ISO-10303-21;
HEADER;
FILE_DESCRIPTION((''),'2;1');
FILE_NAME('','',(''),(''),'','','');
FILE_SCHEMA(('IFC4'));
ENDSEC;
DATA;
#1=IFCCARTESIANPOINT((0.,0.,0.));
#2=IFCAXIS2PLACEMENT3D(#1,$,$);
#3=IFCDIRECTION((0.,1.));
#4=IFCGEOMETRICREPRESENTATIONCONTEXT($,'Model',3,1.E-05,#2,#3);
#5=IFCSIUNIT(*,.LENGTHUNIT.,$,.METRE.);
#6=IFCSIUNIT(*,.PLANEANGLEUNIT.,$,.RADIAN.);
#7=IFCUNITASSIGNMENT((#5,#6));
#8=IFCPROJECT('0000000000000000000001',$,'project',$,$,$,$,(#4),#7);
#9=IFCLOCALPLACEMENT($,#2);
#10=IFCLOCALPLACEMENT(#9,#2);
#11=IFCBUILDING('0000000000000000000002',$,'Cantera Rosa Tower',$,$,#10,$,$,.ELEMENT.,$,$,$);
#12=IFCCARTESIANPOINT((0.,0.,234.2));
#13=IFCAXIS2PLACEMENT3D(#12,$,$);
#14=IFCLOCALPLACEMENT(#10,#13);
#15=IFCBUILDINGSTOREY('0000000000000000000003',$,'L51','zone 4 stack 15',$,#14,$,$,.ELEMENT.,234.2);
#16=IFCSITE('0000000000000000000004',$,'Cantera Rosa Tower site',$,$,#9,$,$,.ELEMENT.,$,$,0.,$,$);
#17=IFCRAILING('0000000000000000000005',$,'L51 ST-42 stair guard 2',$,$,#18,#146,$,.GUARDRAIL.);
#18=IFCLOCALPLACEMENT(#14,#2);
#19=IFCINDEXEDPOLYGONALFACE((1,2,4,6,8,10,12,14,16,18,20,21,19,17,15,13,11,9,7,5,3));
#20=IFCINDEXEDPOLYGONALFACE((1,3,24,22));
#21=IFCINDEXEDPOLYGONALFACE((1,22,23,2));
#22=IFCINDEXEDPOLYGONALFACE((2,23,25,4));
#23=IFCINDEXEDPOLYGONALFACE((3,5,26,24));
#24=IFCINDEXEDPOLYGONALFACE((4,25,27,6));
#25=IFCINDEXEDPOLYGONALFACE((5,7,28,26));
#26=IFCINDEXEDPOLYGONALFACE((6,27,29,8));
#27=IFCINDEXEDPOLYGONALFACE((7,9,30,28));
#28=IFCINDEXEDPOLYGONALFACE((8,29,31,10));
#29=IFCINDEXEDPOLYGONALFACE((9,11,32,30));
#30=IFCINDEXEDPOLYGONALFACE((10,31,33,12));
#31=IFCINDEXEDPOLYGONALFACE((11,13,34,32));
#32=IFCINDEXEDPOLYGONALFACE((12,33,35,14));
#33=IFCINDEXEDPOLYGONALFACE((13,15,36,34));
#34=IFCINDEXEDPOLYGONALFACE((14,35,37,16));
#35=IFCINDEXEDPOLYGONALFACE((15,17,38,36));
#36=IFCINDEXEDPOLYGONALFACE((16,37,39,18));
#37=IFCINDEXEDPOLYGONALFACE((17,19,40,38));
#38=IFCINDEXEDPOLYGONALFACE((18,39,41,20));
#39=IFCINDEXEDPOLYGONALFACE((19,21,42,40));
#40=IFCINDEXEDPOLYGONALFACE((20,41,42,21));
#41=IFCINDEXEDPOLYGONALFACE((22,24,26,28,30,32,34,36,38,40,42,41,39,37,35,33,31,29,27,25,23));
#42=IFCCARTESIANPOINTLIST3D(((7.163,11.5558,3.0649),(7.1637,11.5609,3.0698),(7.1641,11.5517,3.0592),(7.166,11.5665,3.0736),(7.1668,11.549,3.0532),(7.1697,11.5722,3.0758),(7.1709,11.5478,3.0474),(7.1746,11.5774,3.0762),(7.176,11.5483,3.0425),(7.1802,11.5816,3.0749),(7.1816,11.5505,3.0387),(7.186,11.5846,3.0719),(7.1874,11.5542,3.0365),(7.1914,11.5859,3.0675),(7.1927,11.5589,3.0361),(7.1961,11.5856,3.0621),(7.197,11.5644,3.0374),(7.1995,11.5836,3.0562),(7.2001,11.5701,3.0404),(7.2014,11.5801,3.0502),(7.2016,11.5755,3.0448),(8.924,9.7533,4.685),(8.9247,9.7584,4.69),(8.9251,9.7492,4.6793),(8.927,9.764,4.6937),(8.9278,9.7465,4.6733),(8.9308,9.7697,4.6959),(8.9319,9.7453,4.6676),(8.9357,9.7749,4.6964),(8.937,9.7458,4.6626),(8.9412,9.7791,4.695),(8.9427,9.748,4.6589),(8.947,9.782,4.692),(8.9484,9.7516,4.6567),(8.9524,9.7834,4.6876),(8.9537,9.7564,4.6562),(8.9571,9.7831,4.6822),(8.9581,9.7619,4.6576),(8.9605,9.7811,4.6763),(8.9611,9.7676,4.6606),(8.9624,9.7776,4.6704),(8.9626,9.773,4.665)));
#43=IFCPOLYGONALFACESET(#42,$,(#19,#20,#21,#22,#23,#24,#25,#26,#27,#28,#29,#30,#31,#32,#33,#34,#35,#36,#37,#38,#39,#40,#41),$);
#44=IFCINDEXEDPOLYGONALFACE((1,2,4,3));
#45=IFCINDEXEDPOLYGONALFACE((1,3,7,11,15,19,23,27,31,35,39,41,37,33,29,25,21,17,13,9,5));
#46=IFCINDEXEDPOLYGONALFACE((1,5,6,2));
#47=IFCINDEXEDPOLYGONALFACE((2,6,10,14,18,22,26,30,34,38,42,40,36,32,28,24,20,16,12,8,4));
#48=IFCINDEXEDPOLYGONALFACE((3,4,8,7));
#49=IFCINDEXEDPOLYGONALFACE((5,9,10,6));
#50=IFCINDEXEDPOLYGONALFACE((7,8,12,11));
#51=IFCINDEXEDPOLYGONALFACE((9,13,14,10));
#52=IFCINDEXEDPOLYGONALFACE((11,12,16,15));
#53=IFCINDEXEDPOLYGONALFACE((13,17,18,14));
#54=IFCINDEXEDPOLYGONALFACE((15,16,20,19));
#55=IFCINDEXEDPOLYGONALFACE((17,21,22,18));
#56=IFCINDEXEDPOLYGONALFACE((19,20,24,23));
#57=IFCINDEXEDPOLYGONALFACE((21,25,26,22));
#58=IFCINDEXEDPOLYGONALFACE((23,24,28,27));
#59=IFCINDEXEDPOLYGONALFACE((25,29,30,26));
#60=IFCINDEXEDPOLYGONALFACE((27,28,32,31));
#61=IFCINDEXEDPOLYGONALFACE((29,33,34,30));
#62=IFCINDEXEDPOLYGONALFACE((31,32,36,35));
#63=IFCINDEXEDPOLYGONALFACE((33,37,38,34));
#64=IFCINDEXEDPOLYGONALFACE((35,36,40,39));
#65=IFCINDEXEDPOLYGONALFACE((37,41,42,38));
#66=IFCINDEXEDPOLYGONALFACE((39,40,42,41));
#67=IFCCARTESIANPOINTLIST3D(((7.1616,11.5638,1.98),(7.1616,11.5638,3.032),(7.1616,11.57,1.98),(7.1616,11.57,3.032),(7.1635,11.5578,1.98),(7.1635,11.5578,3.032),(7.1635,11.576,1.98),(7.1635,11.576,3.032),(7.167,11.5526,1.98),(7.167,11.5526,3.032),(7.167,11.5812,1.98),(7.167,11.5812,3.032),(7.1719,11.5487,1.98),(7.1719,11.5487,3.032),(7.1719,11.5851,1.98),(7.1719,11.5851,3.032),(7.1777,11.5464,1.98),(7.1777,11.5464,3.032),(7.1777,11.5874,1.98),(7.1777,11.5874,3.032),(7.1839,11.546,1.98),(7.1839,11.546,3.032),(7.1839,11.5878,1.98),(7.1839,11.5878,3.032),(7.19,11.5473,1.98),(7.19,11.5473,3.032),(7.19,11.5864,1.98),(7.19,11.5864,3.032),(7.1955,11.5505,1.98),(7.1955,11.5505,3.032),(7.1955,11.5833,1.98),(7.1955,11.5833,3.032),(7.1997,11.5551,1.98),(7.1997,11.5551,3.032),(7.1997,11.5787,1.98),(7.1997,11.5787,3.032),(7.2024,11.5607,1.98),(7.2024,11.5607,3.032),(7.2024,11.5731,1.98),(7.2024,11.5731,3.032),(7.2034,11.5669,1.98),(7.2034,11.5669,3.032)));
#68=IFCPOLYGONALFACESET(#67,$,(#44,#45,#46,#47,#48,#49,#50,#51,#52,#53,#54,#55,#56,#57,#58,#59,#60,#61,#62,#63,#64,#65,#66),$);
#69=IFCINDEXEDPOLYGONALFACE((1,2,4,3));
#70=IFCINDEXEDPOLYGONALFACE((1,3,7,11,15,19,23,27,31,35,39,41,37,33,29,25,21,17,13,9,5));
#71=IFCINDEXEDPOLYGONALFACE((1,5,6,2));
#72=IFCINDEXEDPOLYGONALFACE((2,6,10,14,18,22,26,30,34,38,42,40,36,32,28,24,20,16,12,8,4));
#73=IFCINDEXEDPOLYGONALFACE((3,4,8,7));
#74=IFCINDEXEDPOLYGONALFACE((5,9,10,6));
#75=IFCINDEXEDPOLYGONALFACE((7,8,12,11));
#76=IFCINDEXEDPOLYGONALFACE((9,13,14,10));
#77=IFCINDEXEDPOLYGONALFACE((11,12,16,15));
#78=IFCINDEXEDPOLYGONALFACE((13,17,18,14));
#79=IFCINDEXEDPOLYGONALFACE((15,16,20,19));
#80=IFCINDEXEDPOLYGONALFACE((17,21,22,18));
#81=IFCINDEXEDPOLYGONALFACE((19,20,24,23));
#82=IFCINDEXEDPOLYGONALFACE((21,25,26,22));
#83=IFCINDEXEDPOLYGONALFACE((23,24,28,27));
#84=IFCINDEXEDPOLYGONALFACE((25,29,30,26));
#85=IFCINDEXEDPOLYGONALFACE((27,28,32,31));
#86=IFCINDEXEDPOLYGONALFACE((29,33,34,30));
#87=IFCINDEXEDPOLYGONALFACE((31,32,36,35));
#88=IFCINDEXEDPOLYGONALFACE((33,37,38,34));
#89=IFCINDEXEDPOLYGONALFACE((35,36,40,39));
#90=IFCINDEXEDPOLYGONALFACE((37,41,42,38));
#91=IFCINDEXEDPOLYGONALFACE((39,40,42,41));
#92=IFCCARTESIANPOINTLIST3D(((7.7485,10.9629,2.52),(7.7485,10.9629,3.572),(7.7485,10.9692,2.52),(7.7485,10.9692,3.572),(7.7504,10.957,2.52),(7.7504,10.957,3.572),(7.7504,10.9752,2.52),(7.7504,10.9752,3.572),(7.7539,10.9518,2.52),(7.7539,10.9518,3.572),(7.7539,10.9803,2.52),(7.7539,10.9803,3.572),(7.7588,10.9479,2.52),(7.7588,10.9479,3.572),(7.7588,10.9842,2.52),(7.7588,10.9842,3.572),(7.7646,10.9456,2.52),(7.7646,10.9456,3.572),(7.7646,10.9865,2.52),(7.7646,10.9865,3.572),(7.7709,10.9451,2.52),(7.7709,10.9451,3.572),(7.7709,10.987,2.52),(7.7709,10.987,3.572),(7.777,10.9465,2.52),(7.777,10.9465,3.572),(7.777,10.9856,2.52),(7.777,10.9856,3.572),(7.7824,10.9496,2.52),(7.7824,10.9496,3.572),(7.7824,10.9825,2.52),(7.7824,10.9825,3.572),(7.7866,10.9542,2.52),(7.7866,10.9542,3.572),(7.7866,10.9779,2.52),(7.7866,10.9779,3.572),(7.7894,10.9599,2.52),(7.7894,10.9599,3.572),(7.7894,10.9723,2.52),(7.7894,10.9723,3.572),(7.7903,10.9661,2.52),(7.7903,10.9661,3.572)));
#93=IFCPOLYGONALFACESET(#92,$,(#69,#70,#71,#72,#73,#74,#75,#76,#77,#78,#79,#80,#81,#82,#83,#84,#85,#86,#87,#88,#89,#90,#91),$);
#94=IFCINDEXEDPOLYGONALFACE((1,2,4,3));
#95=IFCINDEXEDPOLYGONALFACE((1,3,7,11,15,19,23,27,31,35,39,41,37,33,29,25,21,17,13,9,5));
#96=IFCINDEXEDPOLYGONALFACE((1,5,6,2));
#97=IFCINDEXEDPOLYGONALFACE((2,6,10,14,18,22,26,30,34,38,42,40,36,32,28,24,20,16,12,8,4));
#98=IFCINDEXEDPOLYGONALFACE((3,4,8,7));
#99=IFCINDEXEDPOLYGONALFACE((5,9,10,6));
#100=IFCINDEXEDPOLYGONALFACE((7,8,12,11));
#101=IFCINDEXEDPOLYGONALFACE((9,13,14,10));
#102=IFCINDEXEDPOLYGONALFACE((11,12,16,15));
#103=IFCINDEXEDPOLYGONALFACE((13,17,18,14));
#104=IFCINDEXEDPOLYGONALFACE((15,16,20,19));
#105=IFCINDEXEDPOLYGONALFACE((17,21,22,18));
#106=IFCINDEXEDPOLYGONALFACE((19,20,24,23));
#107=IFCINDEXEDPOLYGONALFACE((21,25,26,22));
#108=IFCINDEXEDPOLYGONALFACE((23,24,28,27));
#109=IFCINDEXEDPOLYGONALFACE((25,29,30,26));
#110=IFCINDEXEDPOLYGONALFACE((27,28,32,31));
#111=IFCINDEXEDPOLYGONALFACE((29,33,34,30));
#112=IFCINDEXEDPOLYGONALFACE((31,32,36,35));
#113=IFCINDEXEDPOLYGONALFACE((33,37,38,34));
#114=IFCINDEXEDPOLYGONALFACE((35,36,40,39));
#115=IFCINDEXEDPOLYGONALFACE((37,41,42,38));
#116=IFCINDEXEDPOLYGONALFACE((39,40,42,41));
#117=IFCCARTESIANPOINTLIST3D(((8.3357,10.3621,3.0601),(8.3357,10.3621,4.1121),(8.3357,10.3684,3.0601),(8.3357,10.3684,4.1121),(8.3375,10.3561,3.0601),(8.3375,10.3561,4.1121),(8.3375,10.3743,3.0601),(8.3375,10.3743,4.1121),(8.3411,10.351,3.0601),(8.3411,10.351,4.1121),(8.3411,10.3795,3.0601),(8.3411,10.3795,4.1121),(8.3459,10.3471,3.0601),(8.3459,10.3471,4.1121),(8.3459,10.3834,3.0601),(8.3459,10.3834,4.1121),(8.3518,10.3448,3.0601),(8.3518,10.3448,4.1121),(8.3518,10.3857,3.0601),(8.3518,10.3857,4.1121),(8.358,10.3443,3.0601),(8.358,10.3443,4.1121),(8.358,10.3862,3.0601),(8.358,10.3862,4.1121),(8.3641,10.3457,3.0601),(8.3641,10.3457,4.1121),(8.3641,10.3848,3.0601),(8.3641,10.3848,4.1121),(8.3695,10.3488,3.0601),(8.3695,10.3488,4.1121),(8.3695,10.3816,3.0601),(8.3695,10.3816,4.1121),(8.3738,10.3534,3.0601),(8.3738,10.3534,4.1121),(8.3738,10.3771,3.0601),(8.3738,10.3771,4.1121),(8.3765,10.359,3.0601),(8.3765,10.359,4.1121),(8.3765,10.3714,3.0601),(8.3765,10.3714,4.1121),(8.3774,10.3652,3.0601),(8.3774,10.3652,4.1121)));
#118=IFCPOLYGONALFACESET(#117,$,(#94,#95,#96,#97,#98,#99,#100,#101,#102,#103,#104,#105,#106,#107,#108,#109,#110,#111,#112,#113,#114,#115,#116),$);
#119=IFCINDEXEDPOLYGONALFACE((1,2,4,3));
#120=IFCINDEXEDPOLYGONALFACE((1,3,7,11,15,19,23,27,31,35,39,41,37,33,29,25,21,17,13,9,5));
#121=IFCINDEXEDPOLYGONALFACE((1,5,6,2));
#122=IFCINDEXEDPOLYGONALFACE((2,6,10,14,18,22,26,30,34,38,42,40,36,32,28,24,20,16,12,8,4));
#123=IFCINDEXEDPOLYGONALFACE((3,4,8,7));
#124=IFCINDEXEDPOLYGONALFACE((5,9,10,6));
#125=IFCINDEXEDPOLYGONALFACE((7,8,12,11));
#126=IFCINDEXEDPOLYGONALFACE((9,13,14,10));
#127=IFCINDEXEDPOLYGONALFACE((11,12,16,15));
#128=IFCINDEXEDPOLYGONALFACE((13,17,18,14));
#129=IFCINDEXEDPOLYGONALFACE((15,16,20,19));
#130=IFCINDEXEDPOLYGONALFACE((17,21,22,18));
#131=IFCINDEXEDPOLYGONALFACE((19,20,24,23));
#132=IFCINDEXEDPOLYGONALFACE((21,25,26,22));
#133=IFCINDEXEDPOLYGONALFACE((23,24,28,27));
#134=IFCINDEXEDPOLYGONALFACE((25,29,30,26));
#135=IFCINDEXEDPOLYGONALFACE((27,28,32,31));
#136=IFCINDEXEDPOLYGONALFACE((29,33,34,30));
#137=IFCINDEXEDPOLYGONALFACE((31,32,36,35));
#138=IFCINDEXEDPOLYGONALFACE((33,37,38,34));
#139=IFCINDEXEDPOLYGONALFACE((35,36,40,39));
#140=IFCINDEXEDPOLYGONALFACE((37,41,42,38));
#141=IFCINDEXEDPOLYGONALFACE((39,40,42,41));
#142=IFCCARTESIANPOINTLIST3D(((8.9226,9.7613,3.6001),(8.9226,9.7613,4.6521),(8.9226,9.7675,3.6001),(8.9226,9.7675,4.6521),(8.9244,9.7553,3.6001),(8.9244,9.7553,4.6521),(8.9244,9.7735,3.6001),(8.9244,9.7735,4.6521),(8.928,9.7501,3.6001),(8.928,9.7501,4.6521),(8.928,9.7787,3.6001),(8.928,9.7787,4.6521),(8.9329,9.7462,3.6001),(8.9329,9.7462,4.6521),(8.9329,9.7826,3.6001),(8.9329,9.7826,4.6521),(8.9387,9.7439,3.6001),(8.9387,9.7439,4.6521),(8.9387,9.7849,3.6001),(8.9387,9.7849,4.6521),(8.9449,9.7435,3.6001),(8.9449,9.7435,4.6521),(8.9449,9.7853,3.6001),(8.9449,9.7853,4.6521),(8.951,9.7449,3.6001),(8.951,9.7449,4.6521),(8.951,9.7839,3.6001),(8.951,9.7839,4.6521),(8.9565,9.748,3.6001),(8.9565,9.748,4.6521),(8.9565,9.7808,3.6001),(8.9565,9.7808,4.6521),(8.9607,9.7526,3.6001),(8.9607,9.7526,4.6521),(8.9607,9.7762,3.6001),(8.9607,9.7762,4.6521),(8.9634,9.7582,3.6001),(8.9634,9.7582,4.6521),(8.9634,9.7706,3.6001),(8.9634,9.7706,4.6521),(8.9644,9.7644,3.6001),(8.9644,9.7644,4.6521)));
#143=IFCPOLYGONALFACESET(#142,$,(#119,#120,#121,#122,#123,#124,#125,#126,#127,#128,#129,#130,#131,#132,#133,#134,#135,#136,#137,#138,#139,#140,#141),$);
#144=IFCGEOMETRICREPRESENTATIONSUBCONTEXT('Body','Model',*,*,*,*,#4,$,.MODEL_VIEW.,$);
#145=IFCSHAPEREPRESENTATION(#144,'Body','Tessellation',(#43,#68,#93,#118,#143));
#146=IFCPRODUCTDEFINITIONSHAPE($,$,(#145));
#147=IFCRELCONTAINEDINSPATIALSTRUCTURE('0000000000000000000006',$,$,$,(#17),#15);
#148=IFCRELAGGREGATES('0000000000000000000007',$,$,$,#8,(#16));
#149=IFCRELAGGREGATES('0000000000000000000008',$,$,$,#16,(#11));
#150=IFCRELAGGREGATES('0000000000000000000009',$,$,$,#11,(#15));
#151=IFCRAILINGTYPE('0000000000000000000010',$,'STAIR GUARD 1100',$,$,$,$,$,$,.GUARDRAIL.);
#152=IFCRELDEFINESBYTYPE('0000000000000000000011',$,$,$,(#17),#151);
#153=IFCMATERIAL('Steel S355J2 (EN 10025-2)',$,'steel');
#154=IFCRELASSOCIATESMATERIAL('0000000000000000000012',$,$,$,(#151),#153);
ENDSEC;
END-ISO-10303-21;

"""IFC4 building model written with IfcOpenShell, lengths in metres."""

from ifc_helpers import new_model, si_unit, direction, frame, origin, origin_2d, place, context, subcontext, project, spatial, circle, extrude, material, type_object, element, save


model = new_model("IFC4")

# Units and contexts
model_context = context("Model", 3, precision=1e-05, world=origin(), true_north=direction((0.0, 1.0)))
body_context = subcontext(model_context, "Body", "Model", "MODEL_VIEW")
ifc_project = project(units=[si_unit("LENGTHUNIT", "METRE"), si_unit("PLANEANGLEUNIT", "RADIAN")], contexts=[model_context])

# Site, building, storey
site_placement = place(None, origin())
site = spatial("IfcSite", under=ifc_project, at=site_placement, Name="Cantera Rosa Tower site", CompositionType="ELEMENT", RefElevation=0.0)
building_placement = place(site_placement, origin())
building = spatial("IfcBuilding", under=site, at=building_placement, Name="Cantera Rosa Tower", CompositionType="ELEMENT")
storey_placement = place(building_placement, frame((0.0, 0.0, 234.2)))
storey = spatial("IfcBuildingStorey", under=building, at=storey_placement, Name="L51", Description="zone 4 stack 15", CompositionType="ELEMENT", Elevation=234.2)

# Railing
ifc_material_1 = material(Name="Steel S355J2 (EN 10025-2)", Category="steel")
railing_type_1 = type_object("IfcRailingType", Name="STAIR GUARD 1100", PredefinedType="GUARDRAIL", material=ifc_material_1)
railing_1_placement = place(storey_placement, frame((7.1824, 11.5669, 1.98)))
element("IfcRailing", 1, at=railing_1_placement, inside=storey, type_object=railing_type_1, Name="L51 ST-42 stair guard 2", PredefinedType="GUARDRAIL", context=body_context, shape_type="SweptSolid", body=[
    extrude(circle(Radius=0.0239, at=origin_2d()), frame((0.0, 0.0, 1.0762), z_axis=(0.587818, -0.601672, 0.540796), x_axis=(0.715294, 0.698824, 0.0)), (0.0, 0.0, 1.0), 2.9958),
    extrude(circle(Radius=0.021, at=origin_2d()), origin(), (0.0, 0.0, 1.0), 1.052),
    extrude(circle(Radius=0.021, at=origin_2d()), frame((0.5869, -0.6008, 0.54)), (0.0, 0.0, 1.0), 1.052),
    extrude(circle(Radius=0.021, at=origin_2d()), frame((1.1741, -1.2017, 1.0801)), (0.0, 0.0, 1.0), 1.052),
    extrude(circle(Radius=0.021, at=origin_2d()), frame((1.761, -1.8025, 1.6201)), (0.0, 0.0, 1.0), 1.052),
])

save(model, "model.ifc")
